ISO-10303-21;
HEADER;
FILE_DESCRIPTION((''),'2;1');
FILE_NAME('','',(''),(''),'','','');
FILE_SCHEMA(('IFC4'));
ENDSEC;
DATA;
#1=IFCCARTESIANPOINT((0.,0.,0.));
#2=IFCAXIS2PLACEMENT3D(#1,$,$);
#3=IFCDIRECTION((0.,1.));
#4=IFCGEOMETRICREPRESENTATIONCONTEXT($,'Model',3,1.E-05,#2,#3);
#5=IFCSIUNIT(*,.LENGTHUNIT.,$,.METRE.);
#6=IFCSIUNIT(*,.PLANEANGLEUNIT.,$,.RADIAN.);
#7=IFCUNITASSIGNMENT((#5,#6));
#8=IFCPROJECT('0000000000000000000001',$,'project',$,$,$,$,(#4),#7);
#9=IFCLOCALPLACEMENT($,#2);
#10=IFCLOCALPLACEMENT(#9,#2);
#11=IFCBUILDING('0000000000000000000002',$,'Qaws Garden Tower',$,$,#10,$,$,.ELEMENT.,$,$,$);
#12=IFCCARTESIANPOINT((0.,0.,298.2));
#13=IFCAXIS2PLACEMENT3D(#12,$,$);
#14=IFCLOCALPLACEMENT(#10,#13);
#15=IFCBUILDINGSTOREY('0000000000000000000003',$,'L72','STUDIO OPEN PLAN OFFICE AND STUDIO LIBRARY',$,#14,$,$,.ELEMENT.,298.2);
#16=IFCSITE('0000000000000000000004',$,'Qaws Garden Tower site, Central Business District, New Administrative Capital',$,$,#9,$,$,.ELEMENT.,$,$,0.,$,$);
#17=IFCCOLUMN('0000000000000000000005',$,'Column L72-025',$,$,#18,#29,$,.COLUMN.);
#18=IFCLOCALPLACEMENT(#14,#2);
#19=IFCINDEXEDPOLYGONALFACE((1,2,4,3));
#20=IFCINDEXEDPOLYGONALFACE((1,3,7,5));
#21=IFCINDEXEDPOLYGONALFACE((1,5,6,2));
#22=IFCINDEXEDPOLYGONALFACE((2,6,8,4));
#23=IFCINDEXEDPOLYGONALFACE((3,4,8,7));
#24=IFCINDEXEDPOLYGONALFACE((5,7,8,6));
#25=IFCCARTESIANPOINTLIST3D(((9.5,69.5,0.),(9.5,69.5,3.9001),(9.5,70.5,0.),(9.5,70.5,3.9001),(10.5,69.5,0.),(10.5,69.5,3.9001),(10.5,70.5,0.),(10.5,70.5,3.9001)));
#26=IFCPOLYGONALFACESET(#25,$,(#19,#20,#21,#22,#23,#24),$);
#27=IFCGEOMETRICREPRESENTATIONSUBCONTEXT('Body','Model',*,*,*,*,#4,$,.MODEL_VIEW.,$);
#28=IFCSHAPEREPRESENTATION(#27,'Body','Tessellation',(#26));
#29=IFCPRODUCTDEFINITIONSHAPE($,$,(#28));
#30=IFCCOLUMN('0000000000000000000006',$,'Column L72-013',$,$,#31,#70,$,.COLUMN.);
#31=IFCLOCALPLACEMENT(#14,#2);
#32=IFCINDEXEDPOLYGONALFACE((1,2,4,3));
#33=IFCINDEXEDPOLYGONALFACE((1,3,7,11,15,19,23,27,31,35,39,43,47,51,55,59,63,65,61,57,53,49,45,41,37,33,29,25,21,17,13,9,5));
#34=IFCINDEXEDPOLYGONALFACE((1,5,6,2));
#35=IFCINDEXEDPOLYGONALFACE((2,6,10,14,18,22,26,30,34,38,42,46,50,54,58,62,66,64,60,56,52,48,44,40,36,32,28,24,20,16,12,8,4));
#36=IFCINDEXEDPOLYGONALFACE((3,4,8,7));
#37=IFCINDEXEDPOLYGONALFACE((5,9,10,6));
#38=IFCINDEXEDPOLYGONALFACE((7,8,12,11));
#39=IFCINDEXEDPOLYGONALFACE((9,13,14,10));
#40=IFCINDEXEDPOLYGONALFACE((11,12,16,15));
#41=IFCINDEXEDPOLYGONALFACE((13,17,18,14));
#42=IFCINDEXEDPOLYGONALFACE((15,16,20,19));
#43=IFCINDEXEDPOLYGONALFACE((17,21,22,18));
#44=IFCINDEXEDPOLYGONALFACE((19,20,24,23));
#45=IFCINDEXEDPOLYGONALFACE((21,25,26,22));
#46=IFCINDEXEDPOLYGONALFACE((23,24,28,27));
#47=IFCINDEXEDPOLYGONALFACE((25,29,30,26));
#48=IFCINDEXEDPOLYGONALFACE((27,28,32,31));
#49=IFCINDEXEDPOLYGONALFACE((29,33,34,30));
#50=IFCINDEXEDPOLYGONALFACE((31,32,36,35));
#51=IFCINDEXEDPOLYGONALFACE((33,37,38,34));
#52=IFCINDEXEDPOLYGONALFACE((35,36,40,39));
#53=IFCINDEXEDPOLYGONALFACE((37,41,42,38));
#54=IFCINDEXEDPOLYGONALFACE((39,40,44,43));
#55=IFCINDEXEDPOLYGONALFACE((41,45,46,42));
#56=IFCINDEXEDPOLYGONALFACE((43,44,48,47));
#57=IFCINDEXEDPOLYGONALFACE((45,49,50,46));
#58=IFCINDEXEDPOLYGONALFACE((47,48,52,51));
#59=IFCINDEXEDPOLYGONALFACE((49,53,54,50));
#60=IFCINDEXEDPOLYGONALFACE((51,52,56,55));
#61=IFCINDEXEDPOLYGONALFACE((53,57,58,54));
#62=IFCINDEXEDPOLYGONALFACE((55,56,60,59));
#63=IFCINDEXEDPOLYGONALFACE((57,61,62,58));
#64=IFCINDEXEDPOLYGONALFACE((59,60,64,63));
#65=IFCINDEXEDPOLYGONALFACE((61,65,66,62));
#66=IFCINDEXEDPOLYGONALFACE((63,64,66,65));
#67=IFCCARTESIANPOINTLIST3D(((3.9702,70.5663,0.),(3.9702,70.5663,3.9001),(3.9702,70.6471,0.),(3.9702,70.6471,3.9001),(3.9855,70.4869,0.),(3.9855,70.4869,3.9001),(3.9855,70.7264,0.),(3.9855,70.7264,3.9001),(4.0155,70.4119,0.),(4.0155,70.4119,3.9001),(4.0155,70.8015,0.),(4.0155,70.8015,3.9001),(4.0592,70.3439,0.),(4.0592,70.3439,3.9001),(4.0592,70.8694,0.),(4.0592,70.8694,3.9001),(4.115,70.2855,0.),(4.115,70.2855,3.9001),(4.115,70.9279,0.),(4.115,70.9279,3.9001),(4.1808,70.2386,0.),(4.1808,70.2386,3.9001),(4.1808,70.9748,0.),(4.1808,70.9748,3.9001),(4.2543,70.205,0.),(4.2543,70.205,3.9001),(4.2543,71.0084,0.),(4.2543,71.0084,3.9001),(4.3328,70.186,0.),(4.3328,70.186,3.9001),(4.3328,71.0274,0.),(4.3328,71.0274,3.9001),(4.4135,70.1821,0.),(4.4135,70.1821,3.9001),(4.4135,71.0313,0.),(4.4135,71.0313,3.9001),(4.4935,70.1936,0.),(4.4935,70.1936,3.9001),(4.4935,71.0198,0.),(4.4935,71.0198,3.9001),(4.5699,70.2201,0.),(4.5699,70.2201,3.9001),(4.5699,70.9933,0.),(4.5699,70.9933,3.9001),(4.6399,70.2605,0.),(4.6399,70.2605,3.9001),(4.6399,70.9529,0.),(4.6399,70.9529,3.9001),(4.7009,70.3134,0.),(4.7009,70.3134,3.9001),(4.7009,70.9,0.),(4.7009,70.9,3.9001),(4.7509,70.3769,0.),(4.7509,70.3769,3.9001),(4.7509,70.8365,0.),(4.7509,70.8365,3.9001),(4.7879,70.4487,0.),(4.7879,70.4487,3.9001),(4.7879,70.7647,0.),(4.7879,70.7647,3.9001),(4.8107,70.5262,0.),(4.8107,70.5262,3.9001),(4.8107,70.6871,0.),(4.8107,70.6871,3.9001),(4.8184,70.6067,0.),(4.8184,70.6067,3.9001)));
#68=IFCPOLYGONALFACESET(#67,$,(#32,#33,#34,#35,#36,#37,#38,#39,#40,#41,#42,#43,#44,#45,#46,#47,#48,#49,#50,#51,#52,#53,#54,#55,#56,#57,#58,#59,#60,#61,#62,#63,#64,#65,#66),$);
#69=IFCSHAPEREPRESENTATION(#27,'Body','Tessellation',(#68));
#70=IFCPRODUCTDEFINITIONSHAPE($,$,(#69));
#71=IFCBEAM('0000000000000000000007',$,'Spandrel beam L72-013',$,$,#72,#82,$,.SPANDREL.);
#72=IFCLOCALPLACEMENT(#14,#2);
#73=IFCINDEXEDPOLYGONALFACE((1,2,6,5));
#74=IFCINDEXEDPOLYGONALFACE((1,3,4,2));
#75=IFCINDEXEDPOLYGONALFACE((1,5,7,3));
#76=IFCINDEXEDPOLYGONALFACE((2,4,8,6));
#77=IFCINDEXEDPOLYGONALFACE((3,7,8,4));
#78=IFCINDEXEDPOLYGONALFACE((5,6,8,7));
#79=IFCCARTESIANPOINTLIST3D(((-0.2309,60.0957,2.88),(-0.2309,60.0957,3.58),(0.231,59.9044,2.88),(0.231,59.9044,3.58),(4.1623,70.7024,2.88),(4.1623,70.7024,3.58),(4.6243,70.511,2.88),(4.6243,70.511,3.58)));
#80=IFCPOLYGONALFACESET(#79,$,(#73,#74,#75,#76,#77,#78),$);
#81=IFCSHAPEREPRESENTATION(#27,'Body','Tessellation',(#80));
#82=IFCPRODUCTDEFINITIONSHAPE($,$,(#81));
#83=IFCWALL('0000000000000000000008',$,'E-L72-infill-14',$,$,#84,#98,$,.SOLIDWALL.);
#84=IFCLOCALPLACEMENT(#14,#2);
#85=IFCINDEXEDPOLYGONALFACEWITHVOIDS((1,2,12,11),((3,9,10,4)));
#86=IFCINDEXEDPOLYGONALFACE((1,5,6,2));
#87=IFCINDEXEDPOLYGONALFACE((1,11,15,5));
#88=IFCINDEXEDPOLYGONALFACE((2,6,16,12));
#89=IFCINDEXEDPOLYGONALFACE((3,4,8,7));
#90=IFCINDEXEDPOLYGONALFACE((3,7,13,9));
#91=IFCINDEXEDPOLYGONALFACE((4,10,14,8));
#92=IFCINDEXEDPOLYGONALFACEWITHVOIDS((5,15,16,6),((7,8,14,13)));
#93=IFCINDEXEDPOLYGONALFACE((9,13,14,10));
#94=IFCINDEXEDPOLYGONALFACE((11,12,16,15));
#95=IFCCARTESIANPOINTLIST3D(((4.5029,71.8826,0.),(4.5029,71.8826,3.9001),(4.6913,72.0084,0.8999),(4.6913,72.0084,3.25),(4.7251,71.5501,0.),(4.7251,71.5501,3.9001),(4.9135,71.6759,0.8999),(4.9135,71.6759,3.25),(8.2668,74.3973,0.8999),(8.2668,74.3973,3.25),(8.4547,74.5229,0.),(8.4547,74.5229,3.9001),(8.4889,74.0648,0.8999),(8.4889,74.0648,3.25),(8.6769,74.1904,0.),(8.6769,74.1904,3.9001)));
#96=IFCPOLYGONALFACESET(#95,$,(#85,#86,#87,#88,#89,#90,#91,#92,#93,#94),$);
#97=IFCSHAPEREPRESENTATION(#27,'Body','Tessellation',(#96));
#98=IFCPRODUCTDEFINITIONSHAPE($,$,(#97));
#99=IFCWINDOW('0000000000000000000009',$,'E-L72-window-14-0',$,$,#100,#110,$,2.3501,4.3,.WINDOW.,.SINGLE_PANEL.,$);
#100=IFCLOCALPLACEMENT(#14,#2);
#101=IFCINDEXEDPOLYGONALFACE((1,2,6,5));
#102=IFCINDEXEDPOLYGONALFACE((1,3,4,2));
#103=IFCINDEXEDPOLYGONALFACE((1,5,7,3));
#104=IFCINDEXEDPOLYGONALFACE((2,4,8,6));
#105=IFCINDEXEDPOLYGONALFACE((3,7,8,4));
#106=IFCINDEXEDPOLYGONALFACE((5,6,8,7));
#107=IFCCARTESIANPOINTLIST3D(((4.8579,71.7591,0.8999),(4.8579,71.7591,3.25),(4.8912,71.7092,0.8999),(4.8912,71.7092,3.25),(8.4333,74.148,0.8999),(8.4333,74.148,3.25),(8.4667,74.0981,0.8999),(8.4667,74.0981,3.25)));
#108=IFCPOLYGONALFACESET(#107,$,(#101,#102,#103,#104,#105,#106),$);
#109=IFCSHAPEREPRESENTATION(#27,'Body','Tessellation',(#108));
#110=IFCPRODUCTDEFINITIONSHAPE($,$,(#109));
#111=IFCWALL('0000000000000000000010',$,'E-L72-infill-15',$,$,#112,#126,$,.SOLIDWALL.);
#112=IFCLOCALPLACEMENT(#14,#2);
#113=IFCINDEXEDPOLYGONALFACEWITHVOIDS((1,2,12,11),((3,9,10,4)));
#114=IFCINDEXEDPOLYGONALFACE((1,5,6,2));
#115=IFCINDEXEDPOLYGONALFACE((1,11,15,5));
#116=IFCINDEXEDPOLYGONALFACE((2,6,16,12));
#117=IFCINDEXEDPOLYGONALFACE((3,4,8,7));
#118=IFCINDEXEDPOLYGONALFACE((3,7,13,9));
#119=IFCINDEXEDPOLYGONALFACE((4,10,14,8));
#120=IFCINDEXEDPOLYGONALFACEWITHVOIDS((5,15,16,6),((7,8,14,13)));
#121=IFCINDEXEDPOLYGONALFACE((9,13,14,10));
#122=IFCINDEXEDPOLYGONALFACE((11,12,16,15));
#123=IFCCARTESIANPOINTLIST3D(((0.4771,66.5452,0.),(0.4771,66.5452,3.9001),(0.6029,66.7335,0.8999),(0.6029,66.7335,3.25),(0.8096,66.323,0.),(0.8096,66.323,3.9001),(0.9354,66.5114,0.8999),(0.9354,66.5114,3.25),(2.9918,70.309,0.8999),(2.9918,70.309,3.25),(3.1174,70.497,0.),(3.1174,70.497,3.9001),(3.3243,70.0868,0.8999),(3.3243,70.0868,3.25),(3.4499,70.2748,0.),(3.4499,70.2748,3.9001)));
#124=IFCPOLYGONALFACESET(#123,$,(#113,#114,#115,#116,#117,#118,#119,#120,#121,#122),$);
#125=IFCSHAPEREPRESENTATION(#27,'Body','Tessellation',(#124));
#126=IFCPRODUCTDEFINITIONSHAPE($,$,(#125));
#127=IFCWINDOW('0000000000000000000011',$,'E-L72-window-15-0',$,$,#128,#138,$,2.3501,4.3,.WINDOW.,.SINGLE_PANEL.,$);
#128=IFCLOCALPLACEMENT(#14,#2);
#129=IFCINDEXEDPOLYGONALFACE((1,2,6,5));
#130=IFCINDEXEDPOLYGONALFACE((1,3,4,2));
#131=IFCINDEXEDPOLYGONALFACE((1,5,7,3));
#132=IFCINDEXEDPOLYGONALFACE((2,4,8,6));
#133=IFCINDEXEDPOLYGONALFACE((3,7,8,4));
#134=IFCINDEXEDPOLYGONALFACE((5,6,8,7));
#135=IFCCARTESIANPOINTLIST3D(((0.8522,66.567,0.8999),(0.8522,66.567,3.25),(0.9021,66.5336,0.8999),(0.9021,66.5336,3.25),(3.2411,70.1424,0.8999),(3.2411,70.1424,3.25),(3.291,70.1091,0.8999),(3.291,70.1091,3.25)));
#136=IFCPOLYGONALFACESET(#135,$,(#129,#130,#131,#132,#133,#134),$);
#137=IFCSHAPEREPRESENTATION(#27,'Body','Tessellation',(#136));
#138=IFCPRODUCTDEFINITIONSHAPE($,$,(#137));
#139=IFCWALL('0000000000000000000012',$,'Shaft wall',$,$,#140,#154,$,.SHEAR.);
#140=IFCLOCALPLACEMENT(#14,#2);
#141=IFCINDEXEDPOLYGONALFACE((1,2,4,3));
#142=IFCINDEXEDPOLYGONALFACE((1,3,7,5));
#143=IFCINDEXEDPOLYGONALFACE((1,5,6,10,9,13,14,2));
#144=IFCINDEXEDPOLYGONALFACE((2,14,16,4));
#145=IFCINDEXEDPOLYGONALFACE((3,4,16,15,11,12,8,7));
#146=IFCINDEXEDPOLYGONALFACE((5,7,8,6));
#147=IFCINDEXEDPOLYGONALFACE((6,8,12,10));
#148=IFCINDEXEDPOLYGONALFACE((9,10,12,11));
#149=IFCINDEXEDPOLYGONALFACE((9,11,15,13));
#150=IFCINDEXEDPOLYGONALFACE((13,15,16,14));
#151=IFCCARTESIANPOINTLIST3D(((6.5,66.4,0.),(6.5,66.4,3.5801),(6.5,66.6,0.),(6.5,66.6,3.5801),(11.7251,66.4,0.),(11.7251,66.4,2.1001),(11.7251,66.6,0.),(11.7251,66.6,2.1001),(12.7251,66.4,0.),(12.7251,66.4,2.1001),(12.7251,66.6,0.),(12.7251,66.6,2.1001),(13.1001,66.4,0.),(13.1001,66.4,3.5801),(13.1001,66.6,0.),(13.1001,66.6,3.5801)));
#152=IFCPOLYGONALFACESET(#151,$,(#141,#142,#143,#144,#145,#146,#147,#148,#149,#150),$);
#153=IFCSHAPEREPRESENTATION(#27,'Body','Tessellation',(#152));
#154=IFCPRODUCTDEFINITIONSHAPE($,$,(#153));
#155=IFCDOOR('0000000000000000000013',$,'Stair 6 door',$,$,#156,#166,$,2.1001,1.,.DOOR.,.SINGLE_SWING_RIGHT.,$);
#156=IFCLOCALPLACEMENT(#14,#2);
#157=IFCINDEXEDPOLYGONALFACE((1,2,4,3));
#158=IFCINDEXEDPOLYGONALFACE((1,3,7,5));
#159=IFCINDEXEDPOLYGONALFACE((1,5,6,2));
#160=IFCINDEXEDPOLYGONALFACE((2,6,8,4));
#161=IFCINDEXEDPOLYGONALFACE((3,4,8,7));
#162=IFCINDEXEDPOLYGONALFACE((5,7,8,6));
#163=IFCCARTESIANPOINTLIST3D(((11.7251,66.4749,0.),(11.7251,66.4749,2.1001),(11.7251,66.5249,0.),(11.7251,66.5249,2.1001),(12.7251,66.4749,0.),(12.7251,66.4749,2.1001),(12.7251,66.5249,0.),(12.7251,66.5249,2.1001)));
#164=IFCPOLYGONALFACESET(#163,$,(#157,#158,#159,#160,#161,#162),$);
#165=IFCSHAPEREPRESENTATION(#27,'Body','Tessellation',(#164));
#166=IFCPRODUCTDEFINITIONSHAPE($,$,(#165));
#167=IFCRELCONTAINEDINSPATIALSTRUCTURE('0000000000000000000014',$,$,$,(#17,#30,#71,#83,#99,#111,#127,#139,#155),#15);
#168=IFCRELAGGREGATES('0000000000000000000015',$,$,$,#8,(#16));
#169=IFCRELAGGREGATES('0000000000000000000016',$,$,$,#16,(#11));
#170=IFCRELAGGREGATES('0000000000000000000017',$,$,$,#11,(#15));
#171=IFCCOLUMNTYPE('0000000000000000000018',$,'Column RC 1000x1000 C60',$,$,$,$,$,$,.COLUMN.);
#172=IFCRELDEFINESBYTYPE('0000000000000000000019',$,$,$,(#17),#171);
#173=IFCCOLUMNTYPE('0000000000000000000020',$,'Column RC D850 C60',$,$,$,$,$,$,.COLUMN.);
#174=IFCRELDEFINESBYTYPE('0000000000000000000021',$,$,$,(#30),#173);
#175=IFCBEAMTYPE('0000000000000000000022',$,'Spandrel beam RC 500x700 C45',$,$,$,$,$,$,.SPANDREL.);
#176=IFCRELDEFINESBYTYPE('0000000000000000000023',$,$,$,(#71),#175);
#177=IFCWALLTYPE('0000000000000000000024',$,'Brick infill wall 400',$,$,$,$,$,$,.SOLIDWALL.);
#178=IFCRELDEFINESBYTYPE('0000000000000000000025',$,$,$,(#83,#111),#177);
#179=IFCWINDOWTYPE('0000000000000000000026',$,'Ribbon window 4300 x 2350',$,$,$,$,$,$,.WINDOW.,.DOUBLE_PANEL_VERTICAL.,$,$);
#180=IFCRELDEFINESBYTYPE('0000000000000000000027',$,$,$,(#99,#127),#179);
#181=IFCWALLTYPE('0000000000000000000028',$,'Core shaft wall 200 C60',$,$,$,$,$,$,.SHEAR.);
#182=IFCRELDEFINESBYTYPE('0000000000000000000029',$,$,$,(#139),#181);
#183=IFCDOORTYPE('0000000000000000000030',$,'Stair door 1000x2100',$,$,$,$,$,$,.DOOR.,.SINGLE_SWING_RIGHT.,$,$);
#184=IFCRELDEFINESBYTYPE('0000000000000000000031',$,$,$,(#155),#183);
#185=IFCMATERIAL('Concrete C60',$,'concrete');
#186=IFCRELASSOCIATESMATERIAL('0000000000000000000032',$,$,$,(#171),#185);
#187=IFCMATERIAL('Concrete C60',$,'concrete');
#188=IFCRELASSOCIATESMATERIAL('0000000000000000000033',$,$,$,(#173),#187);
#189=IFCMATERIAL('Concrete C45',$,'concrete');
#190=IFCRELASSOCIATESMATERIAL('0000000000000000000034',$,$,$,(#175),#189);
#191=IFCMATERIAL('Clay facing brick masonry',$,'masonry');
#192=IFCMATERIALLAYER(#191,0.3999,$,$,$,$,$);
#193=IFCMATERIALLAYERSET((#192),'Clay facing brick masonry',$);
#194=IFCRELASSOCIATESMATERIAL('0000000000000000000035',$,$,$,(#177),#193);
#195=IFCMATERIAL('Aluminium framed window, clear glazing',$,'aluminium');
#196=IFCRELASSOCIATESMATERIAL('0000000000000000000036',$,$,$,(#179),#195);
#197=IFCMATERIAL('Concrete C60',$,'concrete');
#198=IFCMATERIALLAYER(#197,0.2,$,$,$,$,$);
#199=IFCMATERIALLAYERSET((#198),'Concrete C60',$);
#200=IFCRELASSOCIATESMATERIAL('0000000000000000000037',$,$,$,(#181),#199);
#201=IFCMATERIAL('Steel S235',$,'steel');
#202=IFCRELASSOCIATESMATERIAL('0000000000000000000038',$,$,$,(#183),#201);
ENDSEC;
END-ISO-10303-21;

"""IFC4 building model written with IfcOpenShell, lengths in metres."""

from ifc_helpers import new_model, si_unit, direction, frame, frame_2d, origin, origin_2d, place, context, subcontext, project, spatial, rectangle, circle, extrude, material, layer, layer_set, material_profile, profile_set, type_object, element, fill, save


model = new_model("IFC4")

# Units and contexts
model_context = context("Model", 3, precision=1e-05, world=origin(), true_north=direction((0.0, 1.0)))
body_context = subcontext(model_context, "Body", "Model", "MODEL_VIEW")
ifc_project = project(units=[si_unit("LENGTHUNIT", "METRE"), si_unit("PLANEANGLEUNIT", "RADIAN")], contexts=[model_context])

# Site, building, storey
site_placement = place(None, origin())
site = spatial("IfcSite", under=ifc_project, at=site_placement, Name="Qaws Garden Tower site, Central Business District, New Administrative Capital", CompositionType="ELEMENT", RefElevation=0.0)
building_placement = place(site_placement, origin())
building = spatial("IfcBuilding", under=site, at=building_placement, Name="Qaws Garden Tower", CompositionType="ELEMENT")
storey_placement = place(building_placement, frame((0.0, 0.0, 298.2)))
storey = spatial("IfcBuildingStorey", under=building, at=storey_placement, Name="L72", Description="STUDIO OPEN PLAN OFFICE AND STUDIO LIBRARY", CompositionType="ELEMENT", Elevation=298.2)

# Columns
ifc_material_1 = material(Name="Concrete C60", Category="concrete")
ifc_material_profile_1 = material_profile(ifc_material_1, rectangle(XDim=1.0, YDim=1.0, at=origin_2d()), Name="RC 1000x1000")
ifc_profile_set_1 = profile_set([ifc_material_profile_1], Name="Concrete C60")
column_type_1 = type_object("IfcColumnType", Name="Column RC 1000x1000 C60", PredefinedType="COLUMN", material=ifc_profile_set_1)
column_1_placement = place(storey_placement, frame((10.0, 70.0, 0.0), z_axis=(0.0, 0.0, 1.0), x_axis=(1.0, 0.0, 0.0)))
element("IfcColumn", 1, at=column_1_placement, inside=storey, type_object=column_type_1, Name="Column L72-025", PredefinedType="COLUMN", context=body_context, shape_type="SweptSolid", body=[
    extrude(rectangle(XDim=1.0, YDim=1.0, at=origin_2d()), origin(), (0.0, 0.0, 1.0), 3.9001),
])
ifc_material_2 = material(Name="Concrete C60", Category="concrete")
ifc_material_profile_2 = material_profile(ifc_material_2, circle(Radius=0.425, at=origin_2d()), Name="RC D850")
ifc_profile_set_2 = profile_set([ifc_material_profile_2], Name="Concrete C60")
column_type_2 = type_object("IfcColumnType", Name="Column RC D850 C60", PredefinedType="COLUMN", material=ifc_profile_set_2)
column_2_placement = place(storey_placement, frame((4.3933, 70.6067, 0.0), z_axis=(0.0, 0.0, 1.0), x_axis=(1.0, 0.0, 0.0)))
element("IfcColumn", 2, at=column_2_placement, inside=storey, type_object=column_type_2, Name="Column L72-013", PredefinedType="COLUMN", context=body_context, shape_type="SweptSolid", body=[
    extrude(circle(Radius=0.425, at=origin_2d()), origin(), (0.0, 0.0, 1.0), 3.9001),
])

# Beam
ifc_material_3 = material(Name="Concrete C45", Category="concrete")
ifc_material_profile_3 = material_profile(ifc_material_3, rectangle(XDim=0.5, YDim=0.7, at=origin_2d()), Name="RC 500x700")
ifc_profile_set_3 = profile_set([ifc_material_profile_3], Name="Concrete C45")
beam_type = type_object("IfcBeamType", Name="Spandrel beam RC 500x700 C45", PredefinedType="SPANDREL", material=ifc_profile_set_3)
beam_placement = place(storey_placement, frame((4.3933, 70.6067, 3.23), z_axis=(-0.382674, -0.923883, 0.0), x_axis=(0.923883, -0.382674, 0.0)))
element("IfcBeam", 3, at=beam_placement, inside=storey, type_object=beam_type, Name="Spandrel beam L72-013", PredefinedType="SPANDREL", context=body_context, shape_type="SweptSolid", body=[
    extrude(rectangle(XDim=0.5, YDim=0.7, at=origin_2d()), origin(), (0.0, 0.0, 1.0), 11.4805),
])

# Walls, openings, windows
ifc_material_4 = material(Name="Clay facing brick masonry", Category="masonry")
ifc_layer_1 = layer(ifc_material_4, 0.3999)
ifc_layer_set_1 = layer_set([ifc_layer_1], Name="Clay facing brick masonry")
wall_type_1 = type_object("IfcWallType", Name="Brick infill wall 400", PredefinedType="SOLIDWALL", material=ifc_layer_set_1)
wall_1_placement = place(storey_placement, frame((8.5659, 74.3567, 0.0), z_axis=(0.0, 0.0, 1.0), x_axis=(-0.831489, -0.555542, 0.0)))
wall_1 = element("IfcWall", 4, at=wall_1_placement, inside=storey, type_object=wall_type_1, Name="E-L72-infill-14", PredefinedType="SOLIDWALL", context=body_context, shape_type="SweptSolid", body=[
    extrude(rectangle(XDim=4.7527, YDim=0.3999, at=frame_2d((2.3765, 0.0))), origin(), (0.0, 0.0, 1.0), 3.9001),
])
opening_1_placement = place(wall_1_placement, frame((0.2263, 0.0, 0.8999)))
opening_1 = element("IfcOpeningElement", 5, at=opening_1_placement, cuts=wall_1, PredefinedType="OPENING", context=body_context, shape_type="SweptSolid", body=[
    extrude(rectangle(XDim=4.3, YDim=2.3501, at=frame_2d((2.1499, 1.175))), frame((0.0, 0.21, 0.0), z_axis=(0.0, -1.0, 0.0), x_axis=(1.0, 0.0, 0.0)), (0.0, 0.0, 1.0), 0.4199),
])
ifc_material_5 = material(Name="Aluminium framed window, clear glazing", Category="aluminium")
window_type = type_object("IfcWindowType", Name="Ribbon window 4300 x 2350", PartitioningType="DOUBLE_PANEL_VERTICAL", PredefinedType="WINDOW", material=ifc_material_5)
window_1_placement = place(opening_1_placement, origin())
window_1 = element("IfcWindow", 6, at=window_1_placement, inside=storey, type_object=window_type, Name="E-L72-window-14-0", OverallHeight=2.3501, OverallWidth=4.3, PartitioningType="SINGLE_PANEL", PredefinedType="WINDOW", context=body_context, shape_type="SweptSolid", body=[
    extrude(rectangle(XDim=4.3, YDim=2.3501, at=frame_2d((2.1499, 1.175))), frame((0.0, 0.1599, 0.0), z_axis=(0.0, -1.0, 0.0), x_axis=(1.0, 0.0, 0.0)), (0.0, 0.0, 1.0), 0.0601),
])
fill(opening_1, window_1)
wall_2_placement = place(storey_placement, frame((3.2837, 70.386, 0.0), z_axis=(0.0, 0.0, 1.0), x_axis=(-0.555542, -0.831489, 0.0)))
wall_2 = element("IfcWall", 7, at=wall_2_placement, inside=storey, type_object=wall_type_1, Name="E-L72-infill-15", PredefinedType="SOLIDWALL", context=body_context, shape_type="SweptSolid", body=[
    extrude(rectangle(XDim=4.7527, YDim=0.3999, at=frame_2d((2.3765, 0.0))), origin(), (0.0, 0.0, 1.0), 3.9001),
])
opening_2_placement = place(wall_2_placement, frame((0.2263, 0.0, 0.8999)))
opening_2 = element("IfcOpeningElement", 8, at=opening_2_placement, cuts=wall_2, PredefinedType="OPENING", context=body_context, shape_type="SweptSolid", body=[
    extrude(rectangle(XDim=4.3, YDim=2.3501, at=frame_2d((2.1499, 1.175))), frame((0.0, 0.21, 0.0), z_axis=(0.0, -1.0, 0.0), x_axis=(1.0, 0.0, 0.0)), (0.0, 0.0, 1.0), 0.4199),
])
window_2_placement = place(opening_2_placement, origin())
window_2 = element("IfcWindow", 9, at=window_2_placement, inside=storey, type_object=window_type, Name="E-L72-window-15-0", OverallHeight=2.3501, OverallWidth=4.3, PartitioningType="SINGLE_PANEL", PredefinedType="WINDOW", context=body_context, shape_type="SweptSolid", body=[
    extrude(rectangle(XDim=4.3, YDim=2.3501, at=frame_2d((2.1499, 1.175))), frame((0.0, 0.1599, 0.0), z_axis=(0.0, -1.0, 0.0), x_axis=(1.0, 0.0, 0.0)), (0.0, 0.0, 1.0), 0.0601),
])
fill(opening_2, window_2)

# Wall, opening, door
ifc_material_6 = material(Name="Concrete C60", Category="concrete")
ifc_layer_2 = layer(ifc_material_6, 0.2)
ifc_layer_set_2 = layer_set([ifc_layer_2], Name="Concrete C60")
wall_type_2 = type_object("IfcWallType", Name="Core shaft wall 200 C60", PredefinedType="SHEAR", material=ifc_layer_set_2)
wall_3_placement = place(storey_placement, frame((6.5, 66.5, 0.0), z_axis=(0.0, 0.0, 1.0), x_axis=(1.0, 0.0, 0.0)))
wall_3 = element("IfcWall", 10, at=wall_3_placement, inside=storey, type_object=wall_type_2, Name="Shaft wall", PredefinedType="SHEAR", context=body_context, shape_type="SweptSolid", body=[
    extrude(rectangle(XDim=6.6001, YDim=0.2, at=frame_2d((3.3, 0.0))), origin(), (0.0, 0.0, 1.0), 3.5801),
])
opening_3_placement = place(wall_3_placement, frame((5.2251, 0.0, 0.0)))
opening_3 = element("IfcOpeningElement", 11, at=opening_3_placement, cuts=wall_3, PredefinedType="OPENING", context=body_context, shape_type="SweptSolid", body=[
    extrude(rectangle(XDim=1.0, YDim=2.1001, at=frame_2d((0.5, 1.05))), frame((0.0, 0.1099, 0.0), z_axis=(0.0, -1.0, 0.0), x_axis=(1.0, 0.0, 0.0)), (0.0, 0.0, 1.0), 0.22),
])
ifc_material_7 = material(Name="Steel S235", Category="steel")
door_type = type_object("IfcDoorType", Name="Stair door 1000x2100", OperationType="SINGLE_SWING_RIGHT", PredefinedType="DOOR", material=ifc_material_7)
door_1_placement = place(opening_3_placement, origin())
door_1 = element("IfcDoor", 12, at=door_1_placement, inside=storey, type_object=door_type, Name="Stair 6 door", OperationType="SINGLE_SWING_RIGHT", OverallHeight=2.1001, OverallWidth=1.0, PredefinedType="DOOR", context=body_context, shape_type="SweptSolid", body=[
    extrude(rectangle(XDim=1.0, YDim=2.1001, at=frame_2d((0.5, 1.05))), frame((0.0, 0.0249, 0.0), z_axis=(0.0, -1.0, 0.0), x_axis=(1.0, 0.0, 0.0)), (0.0, 0.0, 1.0), 0.05),
])
fill(opening_3, door_1)

save(model, "model.ifc")
